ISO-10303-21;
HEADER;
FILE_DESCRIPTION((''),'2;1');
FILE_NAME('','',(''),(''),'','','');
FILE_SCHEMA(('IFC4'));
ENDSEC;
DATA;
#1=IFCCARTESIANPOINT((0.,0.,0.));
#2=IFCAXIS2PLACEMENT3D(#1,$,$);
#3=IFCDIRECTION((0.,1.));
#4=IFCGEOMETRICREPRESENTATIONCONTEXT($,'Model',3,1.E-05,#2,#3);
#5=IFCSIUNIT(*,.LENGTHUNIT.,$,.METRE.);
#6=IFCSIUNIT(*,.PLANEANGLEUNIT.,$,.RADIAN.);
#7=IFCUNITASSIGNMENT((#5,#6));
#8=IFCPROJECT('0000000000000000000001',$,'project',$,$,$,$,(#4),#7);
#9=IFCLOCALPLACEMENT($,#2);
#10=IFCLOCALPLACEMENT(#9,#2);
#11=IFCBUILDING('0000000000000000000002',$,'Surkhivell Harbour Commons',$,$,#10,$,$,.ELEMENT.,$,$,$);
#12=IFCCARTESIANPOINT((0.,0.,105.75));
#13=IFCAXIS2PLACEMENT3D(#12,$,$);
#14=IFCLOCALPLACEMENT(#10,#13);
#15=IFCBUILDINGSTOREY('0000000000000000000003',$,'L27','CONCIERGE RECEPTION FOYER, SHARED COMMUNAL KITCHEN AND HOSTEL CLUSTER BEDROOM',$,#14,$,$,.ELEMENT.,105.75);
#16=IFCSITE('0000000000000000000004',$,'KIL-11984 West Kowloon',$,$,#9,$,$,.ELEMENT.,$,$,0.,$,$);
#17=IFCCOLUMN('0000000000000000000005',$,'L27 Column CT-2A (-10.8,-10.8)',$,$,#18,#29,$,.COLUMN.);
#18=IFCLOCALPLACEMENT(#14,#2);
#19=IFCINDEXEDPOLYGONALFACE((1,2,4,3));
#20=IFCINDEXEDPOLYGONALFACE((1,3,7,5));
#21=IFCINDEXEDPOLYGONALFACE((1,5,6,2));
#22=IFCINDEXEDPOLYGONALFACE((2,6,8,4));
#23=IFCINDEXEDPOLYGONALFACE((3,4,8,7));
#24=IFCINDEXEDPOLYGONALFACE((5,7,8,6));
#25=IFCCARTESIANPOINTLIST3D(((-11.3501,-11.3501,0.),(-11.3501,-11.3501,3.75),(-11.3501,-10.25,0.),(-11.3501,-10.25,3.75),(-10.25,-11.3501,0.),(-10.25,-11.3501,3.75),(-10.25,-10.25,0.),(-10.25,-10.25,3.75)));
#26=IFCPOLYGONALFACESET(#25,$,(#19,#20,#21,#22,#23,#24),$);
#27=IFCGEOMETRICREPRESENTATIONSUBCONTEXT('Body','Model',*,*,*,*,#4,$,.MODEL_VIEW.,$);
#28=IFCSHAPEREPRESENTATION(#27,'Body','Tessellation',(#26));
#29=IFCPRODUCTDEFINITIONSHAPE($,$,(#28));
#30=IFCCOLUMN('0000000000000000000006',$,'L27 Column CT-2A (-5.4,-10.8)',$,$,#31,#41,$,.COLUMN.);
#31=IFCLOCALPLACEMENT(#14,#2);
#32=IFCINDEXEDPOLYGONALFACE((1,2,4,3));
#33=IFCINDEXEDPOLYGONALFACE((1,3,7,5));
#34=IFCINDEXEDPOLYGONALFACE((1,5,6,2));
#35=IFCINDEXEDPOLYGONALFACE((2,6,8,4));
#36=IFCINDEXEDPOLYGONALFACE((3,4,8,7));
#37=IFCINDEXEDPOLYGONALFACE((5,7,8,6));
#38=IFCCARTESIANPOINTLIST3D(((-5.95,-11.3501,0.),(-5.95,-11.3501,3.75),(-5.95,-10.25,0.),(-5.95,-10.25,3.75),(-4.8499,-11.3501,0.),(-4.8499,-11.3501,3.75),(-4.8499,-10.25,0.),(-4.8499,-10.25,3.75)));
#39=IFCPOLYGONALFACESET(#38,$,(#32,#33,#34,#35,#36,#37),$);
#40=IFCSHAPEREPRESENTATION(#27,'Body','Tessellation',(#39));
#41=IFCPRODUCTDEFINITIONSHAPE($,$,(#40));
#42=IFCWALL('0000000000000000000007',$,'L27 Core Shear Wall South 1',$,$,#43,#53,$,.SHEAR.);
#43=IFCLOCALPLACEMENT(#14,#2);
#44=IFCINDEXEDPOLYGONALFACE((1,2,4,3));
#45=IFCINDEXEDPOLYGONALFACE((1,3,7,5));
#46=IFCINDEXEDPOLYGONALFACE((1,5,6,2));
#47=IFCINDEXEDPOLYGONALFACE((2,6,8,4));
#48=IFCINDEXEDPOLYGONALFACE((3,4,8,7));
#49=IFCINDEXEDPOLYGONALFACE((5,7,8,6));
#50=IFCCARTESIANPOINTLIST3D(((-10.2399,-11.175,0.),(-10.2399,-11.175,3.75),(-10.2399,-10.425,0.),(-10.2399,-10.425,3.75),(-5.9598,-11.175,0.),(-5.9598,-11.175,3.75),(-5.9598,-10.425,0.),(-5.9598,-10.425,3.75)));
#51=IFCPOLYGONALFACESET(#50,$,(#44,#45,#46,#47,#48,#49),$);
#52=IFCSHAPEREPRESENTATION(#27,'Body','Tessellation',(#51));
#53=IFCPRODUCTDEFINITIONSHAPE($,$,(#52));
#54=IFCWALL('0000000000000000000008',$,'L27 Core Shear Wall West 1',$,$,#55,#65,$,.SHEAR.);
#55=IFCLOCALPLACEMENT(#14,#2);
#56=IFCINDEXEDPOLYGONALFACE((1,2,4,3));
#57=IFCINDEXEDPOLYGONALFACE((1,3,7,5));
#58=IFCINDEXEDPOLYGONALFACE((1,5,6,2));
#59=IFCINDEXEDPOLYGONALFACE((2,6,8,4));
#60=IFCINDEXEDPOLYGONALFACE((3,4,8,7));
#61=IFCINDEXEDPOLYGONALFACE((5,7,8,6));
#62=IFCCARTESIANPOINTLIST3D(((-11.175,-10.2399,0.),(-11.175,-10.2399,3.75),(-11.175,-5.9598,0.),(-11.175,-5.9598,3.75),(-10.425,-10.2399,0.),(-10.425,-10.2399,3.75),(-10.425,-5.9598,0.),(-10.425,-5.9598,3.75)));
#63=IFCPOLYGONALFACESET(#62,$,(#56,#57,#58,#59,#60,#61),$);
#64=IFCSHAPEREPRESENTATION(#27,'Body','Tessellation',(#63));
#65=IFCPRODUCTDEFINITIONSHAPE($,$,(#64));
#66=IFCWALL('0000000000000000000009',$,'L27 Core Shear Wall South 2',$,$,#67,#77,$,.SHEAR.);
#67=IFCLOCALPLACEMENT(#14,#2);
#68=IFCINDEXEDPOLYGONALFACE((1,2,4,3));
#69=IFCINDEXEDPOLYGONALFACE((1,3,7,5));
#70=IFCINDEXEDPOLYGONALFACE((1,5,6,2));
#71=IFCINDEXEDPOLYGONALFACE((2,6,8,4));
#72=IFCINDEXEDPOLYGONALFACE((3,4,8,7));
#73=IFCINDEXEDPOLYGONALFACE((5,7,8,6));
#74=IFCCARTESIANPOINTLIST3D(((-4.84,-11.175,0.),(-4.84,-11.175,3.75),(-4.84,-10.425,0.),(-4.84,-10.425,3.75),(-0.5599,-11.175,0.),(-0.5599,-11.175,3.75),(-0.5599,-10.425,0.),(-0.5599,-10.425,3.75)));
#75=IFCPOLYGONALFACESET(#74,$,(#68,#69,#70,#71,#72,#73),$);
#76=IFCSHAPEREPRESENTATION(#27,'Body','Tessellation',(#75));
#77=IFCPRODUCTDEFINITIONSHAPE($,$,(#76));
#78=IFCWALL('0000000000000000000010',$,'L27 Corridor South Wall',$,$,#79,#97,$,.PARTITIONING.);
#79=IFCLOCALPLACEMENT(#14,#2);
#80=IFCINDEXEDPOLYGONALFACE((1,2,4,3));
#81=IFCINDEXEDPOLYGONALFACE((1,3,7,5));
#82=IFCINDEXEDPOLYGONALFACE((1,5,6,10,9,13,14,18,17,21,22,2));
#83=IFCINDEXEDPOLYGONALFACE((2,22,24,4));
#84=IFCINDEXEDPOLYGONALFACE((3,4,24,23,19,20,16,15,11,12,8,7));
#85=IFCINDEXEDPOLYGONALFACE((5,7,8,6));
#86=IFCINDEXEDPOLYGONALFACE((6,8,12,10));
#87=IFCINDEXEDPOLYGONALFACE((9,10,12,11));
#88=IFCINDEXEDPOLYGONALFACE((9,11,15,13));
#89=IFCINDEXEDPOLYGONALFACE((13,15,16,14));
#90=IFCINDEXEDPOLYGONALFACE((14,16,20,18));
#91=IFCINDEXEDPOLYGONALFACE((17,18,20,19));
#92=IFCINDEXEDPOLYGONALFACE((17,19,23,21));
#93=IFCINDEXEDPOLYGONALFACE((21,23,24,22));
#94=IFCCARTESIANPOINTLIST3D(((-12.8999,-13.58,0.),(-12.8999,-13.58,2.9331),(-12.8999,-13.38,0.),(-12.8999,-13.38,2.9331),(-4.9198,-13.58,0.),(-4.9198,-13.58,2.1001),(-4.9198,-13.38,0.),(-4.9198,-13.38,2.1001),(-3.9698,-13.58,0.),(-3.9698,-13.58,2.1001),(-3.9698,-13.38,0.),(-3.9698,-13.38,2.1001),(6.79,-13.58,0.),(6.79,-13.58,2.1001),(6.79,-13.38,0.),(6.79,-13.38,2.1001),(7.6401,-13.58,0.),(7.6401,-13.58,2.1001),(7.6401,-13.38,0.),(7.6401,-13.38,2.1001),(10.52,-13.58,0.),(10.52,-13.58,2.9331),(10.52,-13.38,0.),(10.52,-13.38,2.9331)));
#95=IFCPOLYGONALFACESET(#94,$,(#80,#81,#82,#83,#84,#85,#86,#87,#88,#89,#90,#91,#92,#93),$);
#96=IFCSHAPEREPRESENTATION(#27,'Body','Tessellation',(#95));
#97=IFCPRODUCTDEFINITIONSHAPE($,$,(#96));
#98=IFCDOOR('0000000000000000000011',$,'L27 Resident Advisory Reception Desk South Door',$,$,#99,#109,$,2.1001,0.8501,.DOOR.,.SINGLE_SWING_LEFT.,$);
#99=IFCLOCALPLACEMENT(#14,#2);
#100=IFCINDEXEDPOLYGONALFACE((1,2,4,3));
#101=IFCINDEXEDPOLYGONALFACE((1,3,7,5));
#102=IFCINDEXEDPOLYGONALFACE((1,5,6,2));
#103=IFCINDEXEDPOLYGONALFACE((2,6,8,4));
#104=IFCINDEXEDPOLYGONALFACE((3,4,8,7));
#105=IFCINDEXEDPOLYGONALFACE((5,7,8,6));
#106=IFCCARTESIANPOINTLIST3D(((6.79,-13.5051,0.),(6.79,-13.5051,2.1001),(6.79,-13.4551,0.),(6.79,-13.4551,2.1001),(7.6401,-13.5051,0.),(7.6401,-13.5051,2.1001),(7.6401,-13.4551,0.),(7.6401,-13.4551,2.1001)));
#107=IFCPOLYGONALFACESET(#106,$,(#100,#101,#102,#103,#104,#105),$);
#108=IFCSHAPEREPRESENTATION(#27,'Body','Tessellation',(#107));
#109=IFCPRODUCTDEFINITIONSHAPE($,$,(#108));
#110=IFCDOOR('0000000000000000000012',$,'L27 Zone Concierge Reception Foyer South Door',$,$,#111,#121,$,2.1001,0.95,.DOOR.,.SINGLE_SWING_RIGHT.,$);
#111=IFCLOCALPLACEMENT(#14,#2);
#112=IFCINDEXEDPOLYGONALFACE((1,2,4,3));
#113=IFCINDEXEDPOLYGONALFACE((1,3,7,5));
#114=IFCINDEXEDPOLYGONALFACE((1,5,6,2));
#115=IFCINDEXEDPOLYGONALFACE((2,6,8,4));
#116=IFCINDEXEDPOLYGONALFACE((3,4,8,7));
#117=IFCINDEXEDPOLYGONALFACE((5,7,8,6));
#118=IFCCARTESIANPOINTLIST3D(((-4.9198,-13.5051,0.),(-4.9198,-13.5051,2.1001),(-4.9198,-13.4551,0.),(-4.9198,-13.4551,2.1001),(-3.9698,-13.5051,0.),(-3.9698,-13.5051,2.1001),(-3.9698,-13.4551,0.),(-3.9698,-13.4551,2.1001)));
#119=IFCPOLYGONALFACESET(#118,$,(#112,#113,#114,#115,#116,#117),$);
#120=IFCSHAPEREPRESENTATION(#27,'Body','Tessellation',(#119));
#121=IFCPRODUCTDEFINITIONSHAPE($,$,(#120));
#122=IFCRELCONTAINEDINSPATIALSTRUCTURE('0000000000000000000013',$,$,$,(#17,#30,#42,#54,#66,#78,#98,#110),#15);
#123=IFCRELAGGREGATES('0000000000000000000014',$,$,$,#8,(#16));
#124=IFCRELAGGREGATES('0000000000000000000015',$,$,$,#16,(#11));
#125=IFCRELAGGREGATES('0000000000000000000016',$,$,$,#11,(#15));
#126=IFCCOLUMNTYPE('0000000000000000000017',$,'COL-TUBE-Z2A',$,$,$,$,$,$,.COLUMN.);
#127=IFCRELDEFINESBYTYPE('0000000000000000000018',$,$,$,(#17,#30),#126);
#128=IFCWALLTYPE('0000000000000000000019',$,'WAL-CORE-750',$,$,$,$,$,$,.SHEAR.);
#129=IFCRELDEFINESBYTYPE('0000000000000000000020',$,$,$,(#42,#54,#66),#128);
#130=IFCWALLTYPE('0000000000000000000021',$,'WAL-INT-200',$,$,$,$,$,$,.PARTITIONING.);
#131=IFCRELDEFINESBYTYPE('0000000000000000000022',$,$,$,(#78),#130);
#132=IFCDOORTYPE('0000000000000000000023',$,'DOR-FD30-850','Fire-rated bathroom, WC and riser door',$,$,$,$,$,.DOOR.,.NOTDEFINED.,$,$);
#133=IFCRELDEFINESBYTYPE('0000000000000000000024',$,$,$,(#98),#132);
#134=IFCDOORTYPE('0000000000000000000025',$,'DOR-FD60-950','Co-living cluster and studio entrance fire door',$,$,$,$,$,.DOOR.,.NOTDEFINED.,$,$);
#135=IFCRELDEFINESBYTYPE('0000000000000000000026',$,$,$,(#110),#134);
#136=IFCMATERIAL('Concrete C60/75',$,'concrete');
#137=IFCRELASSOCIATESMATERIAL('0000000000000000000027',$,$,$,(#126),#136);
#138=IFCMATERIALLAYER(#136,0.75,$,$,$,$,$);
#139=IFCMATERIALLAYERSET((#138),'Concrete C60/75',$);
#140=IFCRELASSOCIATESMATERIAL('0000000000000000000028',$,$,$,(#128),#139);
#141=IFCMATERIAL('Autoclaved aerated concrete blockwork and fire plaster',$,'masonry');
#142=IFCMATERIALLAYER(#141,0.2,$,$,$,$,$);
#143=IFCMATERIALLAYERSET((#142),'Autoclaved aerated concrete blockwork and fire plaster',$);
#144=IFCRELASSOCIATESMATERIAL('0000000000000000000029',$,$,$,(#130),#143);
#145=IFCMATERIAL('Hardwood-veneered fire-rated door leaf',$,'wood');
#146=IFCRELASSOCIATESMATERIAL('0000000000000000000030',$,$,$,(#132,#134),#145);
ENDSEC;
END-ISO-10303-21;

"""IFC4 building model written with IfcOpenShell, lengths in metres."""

from ifc_helpers import new_model, si_unit, direction, frame, frame_2d, origin, origin_2d, place, context, subcontext, project, spatial, rectangle, extrude, material, layer, layer_set, material_profile, profile_set, type_object, element, fill, save


model = new_model("IFC4")

# Units and contexts
model_context = context("Model", 3, precision=1e-05, world=origin(), true_north=direction((0.0, 1.0)))
body_context = subcontext(model_context, "Body", "Model", "MODEL_VIEW")
ifc_project = project(units=[si_unit("LENGTHUNIT", "METRE"), si_unit("PLANEANGLEUNIT", "RADIAN")], contexts=[model_context])

# Site, building, storey
site_placement = place(None, origin())
site = spatial("IfcSite", under=ifc_project, at=site_placement, Name="KIL-11984 West Kowloon", CompositionType="ELEMENT", RefElevation=0.0)
building_placement = place(site_placement, origin())
building = spatial("IfcBuilding", under=site, at=building_placement, Name="Surkhivell Harbour Commons", CompositionType="ELEMENT")
storey_placement = place(building_placement, frame((0.0, 0.0, 105.75)))
storey = spatial("IfcBuildingStorey", under=building, at=storey_placement, Name="L27", Description="CONCIERGE RECEPTION FOYER, SHARED COMMUNAL KITCHEN AND HOSTEL CLUSTER BEDROOM", CompositionType="ELEMENT", Elevation=105.75)

# Columns
ifc_material_1 = material(Name="Concrete C60/75", Category="concrete")
ifc_material_profile = material_profile(ifc_material_1, rectangle(XDim=1.1001, YDim=1.1001, at=origin_2d()), Name="RC-COL-1100x1100")
ifc_profile_set = profile_set([ifc_material_profile], Name="Concrete C60/75")
column_type = type_object("IfcColumnType", Name="COL-TUBE-Z2A", PredefinedType="COLUMN", material=ifc_profile_set)
for number, where, z_axis, x_axis, name in (
    (1, (-10.8, -10.8, 0.0), (0.0, 0.0, 1.0), (1.0, 0.0, 0.0), "L27 Column CT-2A (-10.8,-10.8)"),
    (2, (-5.3999, -10.8, 0.0), (0.0, 0.0, 1.0), (1.0, 0.0, 0.0), "L27 Column CT-2A (-5.4,-10.8)"),
):
    element("IfcColumn", number, at=place(storey_placement, frame(where, z_axis=z_axis, x_axis=x_axis)), inside=storey, type_object=column_type, Name=name, PredefinedType="COLUMN", context=body_context, shape_type="SweptSolid", body=[
        extrude(rectangle(XDim=1.1001, YDim=1.1001, at=origin_2d()), origin(), (0.0, 0.0, 1.0), 3.75),
    ])

# Walls
ifc_layer_1 = layer(ifc_material_1, 0.75)
ifc_layer_set_1 = layer_set([ifc_layer_1], Name="Concrete C60/75")
wall_type_1 = type_object("IfcWallType", Name="WAL-CORE-750", PredefinedType="SHEAR", material=ifc_layer_set_1)
for number, where, z_axis, x_axis, name in (
    (3, (-10.24, -10.8, 0.0), (0.0, 0.0, 1.0), (1.0, 0.0, 0.0), "L27 Core Shear Wall South 1"),
    (4, (-10.8, -10.24, 0.0), (0.0, 0.0, 1.0), (0.0, 1.0, 0.0), "L27 Core Shear Wall West 1"),
    (5, (-4.8401, -10.8, 0.0), (0.0, 0.0, 1.0), (1.0, 0.0, 0.0), "L27 Core Shear Wall South 2"),
):
    element("IfcWall", number, at=place(storey_placement, frame(where, z_axis=z_axis, x_axis=x_axis)), inside=storey, type_object=wall_type_1, Name=name, PredefinedType="SHEAR", context=body_context, shape_type="SweptSolid", body=[
        extrude(rectangle(XDim=4.28, YDim=0.75, at=frame_2d((2.1401, 0.0))), origin(), (0.0, 0.0, 1.0), 3.75),
    ])

# Wall, openings, doors
ifc_material_2 = material(Name="Autoclaved aerated concrete blockwork and fire plaster", Category="masonry")
ifc_layer_2 = layer(ifc_material_2, 0.2)
ifc_layer_set_2 = layer_set([ifc_layer_2], Name="Autoclaved aerated concrete blockwork and fire plaster")
wall_type_2 = type_object("IfcWallType", Name="WAL-INT-200", PredefinedType="PARTITIONING", material=ifc_layer_set_2)
wall_1_placement = place(storey_placement, frame((-12.8999, -13.48, 0.0), z_axis=(0.0, 0.0, 1.0), x_axis=(1.0, 0.0, 0.0)))
wall_1 = element("IfcWall", 6, at=wall_1_placement, inside=storey, type_object=wall_type_2, Name="L27 Corridor South Wall", PredefinedType="PARTITIONING", context=body_context, shape_type="SweptSolid", body=[
    extrude(rectangle(XDim=23.4199, YDim=0.2, at=frame_2d((11.71, 0.0))), origin(), (0.0, 0.0, 1.0), 2.9331),
])
opening_1_placement = place(wall_1_placement, frame((7.98, 0.0, 0.0)))
opening_1 = element("IfcOpeningElement", 7, at=opening_1_placement, cuts=wall_1, PredefinedType="OPENING", context=body_context, shape_type="SweptSolid", body=[
    extrude(rectangle(XDim=0.95, YDim=2.1001, at=frame_2d((0.4751, 1.05))), frame((0.0, 0.1099, 0.0), z_axis=(0.0, -1.0, 0.0), x_axis=(1.0, 0.0, 0.0)), (0.0, 0.0, 1.0), 0.22),
])
opening_2_placement = place(wall_1_placement, frame((19.6899, 0.0, 0.0)))
opening_2 = element("IfcOpeningElement", 8, at=opening_2_placement, cuts=wall_1, PredefinedType="OPENING", context=body_context, shape_type="SweptSolid", body=[
    extrude(rectangle(XDim=0.8501, YDim=2.1001, at=frame_2d((0.425, 1.05))), frame((0.0, 0.1099, 0.0), z_axis=(0.0, -1.0, 0.0), x_axis=(1.0, 0.0, 0.0)), (0.0, 0.0, 1.0), 0.22),
])
ifc_material_3 = material(Name="Hardwood-veneered fire-rated door leaf", Category="wood")
door_type_1 = type_object("IfcDoorType", Name="DOR-FD30-850", Description="Fire-rated bathroom, WC and riser door", OperationType="NOTDEFINED", PredefinedType="DOOR", material=ifc_material_3)
door_1_placement = place(opening_2_placement, origin())
door_1 = element("IfcDoor", 9, at=door_1_placement, inside=storey, type_object=door_type_1, Name="L27 Resident Advisory Reception Desk South Door", OperationType="SINGLE_SWING_LEFT", OverallHeight=2.1001, OverallWidth=0.8501, PredefinedType="DOOR", context=body_context, shape_type="SweptSolid", body=[
    extrude(rectangle(XDim=0.8501, YDim=2.1001, at=frame_2d((0.425, 1.05))), frame((0.0, 0.0249, 0.0), z_axis=(0.0, -1.0, 0.0), x_axis=(1.0, 0.0, 0.0)), (0.0, 0.0, 1.0), 0.05),
])
fill(opening_2, door_1)
door_type_2 = type_object("IfcDoorType", Name="DOR-FD60-950", Description="Co-living cluster and studio entrance fire door", OperationType="NOTDEFINED", PredefinedType="DOOR", material=ifc_material_3)
door_2_placement = place(opening_1_placement, origin())
door_2 = element("IfcDoor", 10, at=door_2_placement, inside=storey, type_object=door_type_2, Name="L27 Zone Concierge Reception Foyer South Door", OperationType="SINGLE_SWING_RIGHT", OverallHeight=2.1001, OverallWidth=0.95, PredefinedType="DOOR", context=body_context, shape_type="SweptSolid", body=[
    extrude(rectangle(XDim=0.95, YDim=2.1001, at=frame_2d((0.4751, 1.05))), frame((0.0, 0.0249, 0.0), z_axis=(0.0, -1.0, 0.0), x_axis=(1.0, 0.0, 0.0)), (0.0, 0.0, 1.0), 0.05),
])
fill(opening_1, door_2)

save(model, "model.ifc")
